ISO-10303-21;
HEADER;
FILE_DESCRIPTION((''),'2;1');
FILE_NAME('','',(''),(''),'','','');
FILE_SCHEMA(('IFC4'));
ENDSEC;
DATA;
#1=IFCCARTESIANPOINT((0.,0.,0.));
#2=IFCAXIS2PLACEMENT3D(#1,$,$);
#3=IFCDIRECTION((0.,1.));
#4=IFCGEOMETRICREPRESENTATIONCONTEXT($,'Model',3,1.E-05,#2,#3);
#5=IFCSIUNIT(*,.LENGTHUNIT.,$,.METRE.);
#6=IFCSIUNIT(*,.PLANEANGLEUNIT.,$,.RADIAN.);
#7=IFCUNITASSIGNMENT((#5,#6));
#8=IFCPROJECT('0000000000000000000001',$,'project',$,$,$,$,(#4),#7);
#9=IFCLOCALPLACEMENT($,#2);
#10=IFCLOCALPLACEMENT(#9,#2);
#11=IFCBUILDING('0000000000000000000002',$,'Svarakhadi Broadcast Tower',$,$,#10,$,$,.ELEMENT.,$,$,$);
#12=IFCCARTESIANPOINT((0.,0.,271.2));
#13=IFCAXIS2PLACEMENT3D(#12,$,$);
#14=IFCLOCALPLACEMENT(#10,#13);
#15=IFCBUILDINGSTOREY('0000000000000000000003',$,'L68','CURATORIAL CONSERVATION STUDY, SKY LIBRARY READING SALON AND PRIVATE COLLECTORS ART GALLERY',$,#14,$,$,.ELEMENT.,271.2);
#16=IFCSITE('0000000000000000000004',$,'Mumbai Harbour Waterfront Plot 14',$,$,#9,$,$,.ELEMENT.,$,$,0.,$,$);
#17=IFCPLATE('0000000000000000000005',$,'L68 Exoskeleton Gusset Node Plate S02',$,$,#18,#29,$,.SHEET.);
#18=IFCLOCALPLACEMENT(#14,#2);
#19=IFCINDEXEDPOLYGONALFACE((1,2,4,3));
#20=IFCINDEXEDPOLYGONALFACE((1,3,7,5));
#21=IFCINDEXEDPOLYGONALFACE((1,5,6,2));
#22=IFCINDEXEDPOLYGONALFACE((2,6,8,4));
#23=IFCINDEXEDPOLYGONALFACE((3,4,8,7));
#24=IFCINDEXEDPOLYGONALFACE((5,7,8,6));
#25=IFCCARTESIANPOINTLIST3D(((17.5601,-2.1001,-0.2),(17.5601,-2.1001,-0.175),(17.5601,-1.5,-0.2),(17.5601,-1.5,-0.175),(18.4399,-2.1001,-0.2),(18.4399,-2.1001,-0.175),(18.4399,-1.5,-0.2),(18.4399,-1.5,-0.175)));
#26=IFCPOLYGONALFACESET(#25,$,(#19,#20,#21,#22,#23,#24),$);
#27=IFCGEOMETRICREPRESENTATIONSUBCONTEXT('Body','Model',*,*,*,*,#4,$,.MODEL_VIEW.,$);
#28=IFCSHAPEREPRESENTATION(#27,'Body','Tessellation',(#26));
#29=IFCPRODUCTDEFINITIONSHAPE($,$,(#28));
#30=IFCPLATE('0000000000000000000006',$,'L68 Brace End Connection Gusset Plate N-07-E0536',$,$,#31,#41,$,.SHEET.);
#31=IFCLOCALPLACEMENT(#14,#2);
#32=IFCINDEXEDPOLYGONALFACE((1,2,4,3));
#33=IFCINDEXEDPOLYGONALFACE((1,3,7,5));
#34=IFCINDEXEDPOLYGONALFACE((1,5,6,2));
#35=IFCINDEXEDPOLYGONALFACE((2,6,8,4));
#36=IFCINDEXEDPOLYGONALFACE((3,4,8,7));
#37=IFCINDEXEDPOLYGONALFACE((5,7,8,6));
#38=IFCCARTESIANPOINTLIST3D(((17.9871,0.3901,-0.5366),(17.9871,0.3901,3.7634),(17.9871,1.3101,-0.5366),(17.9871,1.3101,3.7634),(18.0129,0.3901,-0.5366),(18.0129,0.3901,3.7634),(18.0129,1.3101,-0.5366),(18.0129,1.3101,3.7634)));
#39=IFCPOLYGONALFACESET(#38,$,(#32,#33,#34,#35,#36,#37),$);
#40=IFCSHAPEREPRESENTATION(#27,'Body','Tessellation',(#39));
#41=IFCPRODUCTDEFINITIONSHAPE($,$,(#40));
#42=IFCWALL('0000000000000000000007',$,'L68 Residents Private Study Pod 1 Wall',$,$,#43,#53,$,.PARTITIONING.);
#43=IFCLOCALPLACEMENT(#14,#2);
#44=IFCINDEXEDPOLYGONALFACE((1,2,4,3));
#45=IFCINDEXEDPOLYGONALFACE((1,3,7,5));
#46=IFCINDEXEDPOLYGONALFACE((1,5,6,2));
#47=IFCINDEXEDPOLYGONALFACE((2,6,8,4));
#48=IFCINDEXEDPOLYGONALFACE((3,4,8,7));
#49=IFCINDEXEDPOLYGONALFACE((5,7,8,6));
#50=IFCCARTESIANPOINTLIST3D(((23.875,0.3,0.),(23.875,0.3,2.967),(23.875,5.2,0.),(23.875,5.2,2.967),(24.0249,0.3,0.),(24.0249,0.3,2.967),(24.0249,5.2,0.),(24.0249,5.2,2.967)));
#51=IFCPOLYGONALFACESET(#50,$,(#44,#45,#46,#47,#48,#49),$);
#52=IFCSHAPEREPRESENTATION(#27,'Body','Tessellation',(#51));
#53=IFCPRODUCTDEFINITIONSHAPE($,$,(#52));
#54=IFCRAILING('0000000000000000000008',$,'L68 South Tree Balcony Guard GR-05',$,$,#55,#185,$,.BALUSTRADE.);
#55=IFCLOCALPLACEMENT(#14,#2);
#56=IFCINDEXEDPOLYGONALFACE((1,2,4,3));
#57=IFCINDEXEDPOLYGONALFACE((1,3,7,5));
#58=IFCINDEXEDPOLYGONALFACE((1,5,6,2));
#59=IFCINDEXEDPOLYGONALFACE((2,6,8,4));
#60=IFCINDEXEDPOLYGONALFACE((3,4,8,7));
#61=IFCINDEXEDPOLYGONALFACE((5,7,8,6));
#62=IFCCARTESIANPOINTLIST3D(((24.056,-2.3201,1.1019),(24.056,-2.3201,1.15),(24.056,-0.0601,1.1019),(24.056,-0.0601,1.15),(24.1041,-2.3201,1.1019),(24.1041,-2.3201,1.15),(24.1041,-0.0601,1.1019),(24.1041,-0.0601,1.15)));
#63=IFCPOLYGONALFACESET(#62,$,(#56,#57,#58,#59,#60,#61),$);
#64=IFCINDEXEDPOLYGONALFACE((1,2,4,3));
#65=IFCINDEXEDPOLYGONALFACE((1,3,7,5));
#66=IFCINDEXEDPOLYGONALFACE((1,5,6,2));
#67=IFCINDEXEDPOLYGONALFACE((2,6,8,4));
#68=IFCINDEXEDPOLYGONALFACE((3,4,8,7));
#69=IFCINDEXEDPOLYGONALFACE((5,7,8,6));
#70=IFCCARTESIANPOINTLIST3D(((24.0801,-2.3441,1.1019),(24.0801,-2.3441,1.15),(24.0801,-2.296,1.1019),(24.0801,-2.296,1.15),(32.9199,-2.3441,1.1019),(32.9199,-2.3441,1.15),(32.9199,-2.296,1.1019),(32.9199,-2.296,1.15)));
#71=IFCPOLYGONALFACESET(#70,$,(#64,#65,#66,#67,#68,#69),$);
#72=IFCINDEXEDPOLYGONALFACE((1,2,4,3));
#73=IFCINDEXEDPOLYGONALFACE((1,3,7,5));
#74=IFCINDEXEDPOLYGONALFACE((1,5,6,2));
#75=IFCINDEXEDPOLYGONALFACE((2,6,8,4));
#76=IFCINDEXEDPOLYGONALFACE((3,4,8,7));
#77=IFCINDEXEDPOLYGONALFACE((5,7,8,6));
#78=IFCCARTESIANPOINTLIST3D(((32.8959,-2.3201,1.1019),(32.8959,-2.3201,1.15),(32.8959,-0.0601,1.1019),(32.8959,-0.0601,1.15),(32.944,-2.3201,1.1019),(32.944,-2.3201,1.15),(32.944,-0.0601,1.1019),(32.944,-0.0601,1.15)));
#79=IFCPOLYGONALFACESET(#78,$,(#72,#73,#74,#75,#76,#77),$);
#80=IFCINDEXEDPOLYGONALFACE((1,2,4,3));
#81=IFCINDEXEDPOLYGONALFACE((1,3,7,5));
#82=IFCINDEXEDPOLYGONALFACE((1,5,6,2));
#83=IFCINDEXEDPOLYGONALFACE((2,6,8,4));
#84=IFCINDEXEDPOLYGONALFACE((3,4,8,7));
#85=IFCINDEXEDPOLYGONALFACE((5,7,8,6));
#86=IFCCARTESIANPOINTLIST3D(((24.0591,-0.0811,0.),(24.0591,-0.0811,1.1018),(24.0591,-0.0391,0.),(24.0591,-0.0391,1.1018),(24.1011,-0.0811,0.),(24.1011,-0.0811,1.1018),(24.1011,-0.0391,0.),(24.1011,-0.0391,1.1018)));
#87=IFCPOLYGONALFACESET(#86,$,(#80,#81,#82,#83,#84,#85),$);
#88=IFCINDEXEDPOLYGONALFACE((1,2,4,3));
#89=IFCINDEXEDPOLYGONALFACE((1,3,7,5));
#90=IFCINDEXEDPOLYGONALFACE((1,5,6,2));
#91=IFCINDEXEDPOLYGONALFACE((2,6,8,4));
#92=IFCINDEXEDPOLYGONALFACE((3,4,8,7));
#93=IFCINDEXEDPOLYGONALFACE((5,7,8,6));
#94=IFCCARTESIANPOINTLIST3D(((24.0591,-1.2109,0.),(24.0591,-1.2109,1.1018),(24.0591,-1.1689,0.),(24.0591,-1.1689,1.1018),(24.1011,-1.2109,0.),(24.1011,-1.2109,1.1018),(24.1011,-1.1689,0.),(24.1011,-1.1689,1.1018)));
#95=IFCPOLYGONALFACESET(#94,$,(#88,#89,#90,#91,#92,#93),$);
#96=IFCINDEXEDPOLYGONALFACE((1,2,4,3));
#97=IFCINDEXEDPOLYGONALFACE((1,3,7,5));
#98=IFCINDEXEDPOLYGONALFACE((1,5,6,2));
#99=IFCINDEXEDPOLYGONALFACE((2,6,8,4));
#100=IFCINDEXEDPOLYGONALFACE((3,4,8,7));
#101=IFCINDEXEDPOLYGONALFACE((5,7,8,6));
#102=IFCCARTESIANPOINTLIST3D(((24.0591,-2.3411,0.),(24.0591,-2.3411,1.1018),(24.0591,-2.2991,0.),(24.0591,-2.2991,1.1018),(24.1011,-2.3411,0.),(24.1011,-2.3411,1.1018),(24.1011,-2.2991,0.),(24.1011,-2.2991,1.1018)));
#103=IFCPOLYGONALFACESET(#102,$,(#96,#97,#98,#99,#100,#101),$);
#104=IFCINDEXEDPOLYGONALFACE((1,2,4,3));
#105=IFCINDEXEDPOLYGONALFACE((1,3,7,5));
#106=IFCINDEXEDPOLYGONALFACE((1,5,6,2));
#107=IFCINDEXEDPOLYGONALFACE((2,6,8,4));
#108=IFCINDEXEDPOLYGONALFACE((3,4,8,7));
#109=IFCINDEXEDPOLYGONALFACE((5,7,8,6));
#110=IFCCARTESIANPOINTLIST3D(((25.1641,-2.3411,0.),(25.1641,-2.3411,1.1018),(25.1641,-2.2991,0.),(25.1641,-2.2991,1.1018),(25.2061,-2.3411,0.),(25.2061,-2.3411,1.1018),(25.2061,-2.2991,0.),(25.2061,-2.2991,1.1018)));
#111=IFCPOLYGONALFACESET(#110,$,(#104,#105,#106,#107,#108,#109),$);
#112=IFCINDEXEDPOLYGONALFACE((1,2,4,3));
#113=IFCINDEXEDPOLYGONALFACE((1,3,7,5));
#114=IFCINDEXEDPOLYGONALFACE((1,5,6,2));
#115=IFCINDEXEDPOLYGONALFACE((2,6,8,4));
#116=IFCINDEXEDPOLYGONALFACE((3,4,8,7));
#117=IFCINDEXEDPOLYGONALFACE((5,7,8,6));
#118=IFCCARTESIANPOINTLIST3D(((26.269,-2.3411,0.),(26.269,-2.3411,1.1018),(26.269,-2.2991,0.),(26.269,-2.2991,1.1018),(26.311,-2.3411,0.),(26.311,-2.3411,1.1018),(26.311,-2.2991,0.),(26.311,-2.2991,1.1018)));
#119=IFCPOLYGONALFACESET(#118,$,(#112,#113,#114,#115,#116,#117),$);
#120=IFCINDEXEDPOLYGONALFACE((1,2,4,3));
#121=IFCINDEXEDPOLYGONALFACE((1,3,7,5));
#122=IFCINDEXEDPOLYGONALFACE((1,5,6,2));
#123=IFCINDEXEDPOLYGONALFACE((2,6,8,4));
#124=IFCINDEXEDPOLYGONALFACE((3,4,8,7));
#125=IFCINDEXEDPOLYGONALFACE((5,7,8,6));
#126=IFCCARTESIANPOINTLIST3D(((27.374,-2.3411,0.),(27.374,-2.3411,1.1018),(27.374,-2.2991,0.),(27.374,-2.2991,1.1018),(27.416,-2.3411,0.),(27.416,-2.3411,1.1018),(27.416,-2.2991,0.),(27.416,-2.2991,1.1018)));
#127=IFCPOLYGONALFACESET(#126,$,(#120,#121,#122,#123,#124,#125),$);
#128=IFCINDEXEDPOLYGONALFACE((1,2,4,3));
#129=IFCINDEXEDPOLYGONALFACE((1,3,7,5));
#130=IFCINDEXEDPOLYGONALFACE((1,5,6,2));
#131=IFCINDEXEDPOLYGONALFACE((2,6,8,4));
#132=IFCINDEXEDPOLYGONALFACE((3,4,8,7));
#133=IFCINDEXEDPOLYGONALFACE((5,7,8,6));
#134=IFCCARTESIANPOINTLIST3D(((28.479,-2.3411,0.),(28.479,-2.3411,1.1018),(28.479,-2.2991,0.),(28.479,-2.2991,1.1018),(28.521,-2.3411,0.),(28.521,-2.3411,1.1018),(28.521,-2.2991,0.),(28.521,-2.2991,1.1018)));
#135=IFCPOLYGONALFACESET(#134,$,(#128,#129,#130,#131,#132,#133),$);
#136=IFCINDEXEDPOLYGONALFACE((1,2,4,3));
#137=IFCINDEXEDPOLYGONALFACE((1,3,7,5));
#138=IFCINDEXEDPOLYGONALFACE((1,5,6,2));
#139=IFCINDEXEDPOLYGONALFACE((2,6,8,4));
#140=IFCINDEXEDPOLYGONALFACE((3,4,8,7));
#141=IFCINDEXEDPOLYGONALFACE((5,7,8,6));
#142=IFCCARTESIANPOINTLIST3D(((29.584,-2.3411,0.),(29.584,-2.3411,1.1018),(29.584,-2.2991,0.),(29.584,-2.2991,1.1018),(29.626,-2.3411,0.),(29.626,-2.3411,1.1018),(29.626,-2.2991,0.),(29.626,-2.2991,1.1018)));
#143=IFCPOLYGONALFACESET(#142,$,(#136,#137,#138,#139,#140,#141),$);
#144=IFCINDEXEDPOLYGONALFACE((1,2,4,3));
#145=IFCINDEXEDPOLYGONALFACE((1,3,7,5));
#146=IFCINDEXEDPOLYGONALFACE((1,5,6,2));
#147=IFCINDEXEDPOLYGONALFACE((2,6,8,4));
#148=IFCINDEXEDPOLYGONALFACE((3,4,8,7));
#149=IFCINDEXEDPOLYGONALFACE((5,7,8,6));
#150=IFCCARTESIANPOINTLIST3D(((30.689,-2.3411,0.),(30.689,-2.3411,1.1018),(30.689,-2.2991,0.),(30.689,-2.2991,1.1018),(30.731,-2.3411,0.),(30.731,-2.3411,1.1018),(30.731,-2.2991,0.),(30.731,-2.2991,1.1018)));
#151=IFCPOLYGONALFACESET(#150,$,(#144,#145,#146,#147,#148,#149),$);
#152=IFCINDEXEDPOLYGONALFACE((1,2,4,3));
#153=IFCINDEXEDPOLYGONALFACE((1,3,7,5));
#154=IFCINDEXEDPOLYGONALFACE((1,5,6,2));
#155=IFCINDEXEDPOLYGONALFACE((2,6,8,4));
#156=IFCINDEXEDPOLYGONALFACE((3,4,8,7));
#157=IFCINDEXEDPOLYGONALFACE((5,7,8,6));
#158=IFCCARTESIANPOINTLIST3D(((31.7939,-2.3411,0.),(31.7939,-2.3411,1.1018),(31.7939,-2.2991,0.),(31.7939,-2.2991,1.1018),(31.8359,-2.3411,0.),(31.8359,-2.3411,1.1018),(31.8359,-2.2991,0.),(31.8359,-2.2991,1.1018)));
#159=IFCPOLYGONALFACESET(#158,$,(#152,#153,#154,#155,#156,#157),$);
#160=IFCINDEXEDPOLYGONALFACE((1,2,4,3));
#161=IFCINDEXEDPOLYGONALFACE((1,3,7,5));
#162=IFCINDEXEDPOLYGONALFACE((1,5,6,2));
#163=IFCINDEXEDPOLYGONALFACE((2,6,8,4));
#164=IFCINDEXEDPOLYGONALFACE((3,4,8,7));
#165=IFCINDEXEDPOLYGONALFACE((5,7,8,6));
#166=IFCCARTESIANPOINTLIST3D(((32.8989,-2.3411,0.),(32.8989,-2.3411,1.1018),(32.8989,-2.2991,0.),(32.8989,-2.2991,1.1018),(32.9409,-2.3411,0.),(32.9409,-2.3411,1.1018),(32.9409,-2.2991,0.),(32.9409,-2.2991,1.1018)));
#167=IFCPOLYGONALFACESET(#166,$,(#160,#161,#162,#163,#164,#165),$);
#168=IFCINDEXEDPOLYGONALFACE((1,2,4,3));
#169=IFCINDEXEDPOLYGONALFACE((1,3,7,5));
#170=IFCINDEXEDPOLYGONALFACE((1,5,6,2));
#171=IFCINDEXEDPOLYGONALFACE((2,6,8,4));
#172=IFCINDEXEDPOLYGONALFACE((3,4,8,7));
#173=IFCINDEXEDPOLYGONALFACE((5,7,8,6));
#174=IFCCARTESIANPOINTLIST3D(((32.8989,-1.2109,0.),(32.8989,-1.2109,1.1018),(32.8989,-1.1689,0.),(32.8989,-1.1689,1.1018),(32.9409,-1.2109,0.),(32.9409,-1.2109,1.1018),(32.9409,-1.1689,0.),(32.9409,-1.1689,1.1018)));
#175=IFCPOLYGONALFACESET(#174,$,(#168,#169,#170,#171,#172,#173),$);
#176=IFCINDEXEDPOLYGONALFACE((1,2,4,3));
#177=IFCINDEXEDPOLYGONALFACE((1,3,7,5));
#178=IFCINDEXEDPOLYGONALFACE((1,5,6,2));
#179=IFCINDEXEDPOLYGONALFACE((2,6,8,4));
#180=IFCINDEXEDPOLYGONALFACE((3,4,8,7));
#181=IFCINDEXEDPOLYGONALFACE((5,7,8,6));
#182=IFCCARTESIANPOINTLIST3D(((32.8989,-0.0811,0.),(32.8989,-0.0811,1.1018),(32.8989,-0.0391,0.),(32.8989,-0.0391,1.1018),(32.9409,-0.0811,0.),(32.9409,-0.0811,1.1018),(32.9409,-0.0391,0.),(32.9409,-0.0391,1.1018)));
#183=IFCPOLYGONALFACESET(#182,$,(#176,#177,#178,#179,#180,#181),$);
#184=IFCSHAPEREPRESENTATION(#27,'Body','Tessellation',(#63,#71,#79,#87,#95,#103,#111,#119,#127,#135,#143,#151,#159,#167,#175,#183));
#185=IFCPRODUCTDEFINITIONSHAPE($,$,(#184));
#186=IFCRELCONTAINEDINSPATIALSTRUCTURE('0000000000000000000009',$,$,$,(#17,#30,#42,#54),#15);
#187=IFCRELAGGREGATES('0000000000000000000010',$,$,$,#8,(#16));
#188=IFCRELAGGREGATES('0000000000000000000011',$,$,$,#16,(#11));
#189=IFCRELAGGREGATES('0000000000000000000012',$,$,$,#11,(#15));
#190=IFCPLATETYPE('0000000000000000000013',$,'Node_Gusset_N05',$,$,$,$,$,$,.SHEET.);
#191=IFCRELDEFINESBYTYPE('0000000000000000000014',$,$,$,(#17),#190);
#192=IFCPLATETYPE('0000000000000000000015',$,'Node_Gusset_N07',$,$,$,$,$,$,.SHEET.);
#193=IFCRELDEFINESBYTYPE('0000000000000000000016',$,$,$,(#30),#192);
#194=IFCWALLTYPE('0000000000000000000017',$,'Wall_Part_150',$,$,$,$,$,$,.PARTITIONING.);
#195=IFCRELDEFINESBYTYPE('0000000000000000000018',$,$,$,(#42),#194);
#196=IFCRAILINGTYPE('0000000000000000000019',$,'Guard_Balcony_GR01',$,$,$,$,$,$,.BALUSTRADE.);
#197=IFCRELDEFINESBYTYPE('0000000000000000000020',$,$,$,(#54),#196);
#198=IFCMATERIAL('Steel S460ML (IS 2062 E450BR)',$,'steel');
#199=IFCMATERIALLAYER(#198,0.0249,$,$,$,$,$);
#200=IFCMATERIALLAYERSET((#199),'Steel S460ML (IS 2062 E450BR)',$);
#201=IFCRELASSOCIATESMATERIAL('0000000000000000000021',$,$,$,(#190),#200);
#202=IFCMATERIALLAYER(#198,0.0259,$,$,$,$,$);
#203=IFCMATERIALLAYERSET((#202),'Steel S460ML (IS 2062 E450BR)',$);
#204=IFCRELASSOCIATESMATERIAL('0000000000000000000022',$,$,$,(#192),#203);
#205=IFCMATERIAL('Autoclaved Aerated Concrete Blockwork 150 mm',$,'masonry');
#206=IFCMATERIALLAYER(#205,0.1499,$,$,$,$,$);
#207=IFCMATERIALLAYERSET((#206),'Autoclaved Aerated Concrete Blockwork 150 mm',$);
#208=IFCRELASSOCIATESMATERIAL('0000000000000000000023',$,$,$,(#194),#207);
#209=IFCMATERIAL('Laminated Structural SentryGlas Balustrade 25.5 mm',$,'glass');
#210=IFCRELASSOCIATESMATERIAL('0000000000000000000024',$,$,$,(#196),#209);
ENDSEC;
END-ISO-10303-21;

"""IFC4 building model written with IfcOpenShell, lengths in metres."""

from ifc_helpers import new_model, si_unit, direction, frame, frame_2d, origin, origin_2d, place, context, subcontext, project, spatial, rectangle, extrude, material, layer, layer_set, type_object, element, save


model = new_model("IFC4")

# Units and contexts
model_context = context("Model", 3, precision=1e-05, world=origin(), true_north=direction((0.0, 1.0)))
body_context = subcontext(model_context, "Body", "Model", "MODEL_VIEW")
ifc_project = project(units=[si_unit("LENGTHUNIT", "METRE"), si_unit("PLANEANGLEUNIT", "RADIAN")], contexts=[model_context])

# Site, building, storey
site_placement = place(None, origin())
site = spatial("IfcSite", under=ifc_project, at=site_placement, Name="Mumbai Harbour Waterfront Plot 14", CompositionType="ELEMENT", RefElevation=0.0)
building_placement = place(site_placement, origin())
building = spatial("IfcBuilding", under=site, at=building_placement, Name="Svarakhadi Broadcast Tower", CompositionType="ELEMENT")
storey_placement = place(building_placement, frame((0.0, 0.0, 271.2)))
storey = spatial("IfcBuildingStorey", under=building, at=storey_placement, Name="L68", Description="CURATORIAL CONSERVATION STUDY, SKY LIBRARY READING SALON AND PRIVATE COLLECTORS ART GALLERY", CompositionType="ELEMENT", Elevation=271.2)

# Shared definitions
ifc_material_1 = material(Name="Steel S460ML (IS 2062 E450BR)", Category="steel")

# Plates
ifc_layer_1 = layer(ifc_material_1, 0.0249)
ifc_layer_set_1 = layer_set([ifc_layer_1], Name="Steel S460ML (IS 2062 E450BR)")
plate_type_1 = type_object("IfcPlateType", Name="Node_Gusset_N05", PredefinedType="SHEET", material=ifc_layer_set_1)
plate_1_placement = place(storey_placement, frame((18.0, -1.8, -0.2), z_axis=(0.0, 0.0, 1.0), x_axis=(1.0, 0.0, 0.0)))
element("IfcPlate", 1, at=plate_1_placement, inside=storey, type_object=plate_type_1, Name="L68 Exoskeleton Gusset Node Plate S02", PredefinedType="SHEET", context=body_context, shape_type="SweptSolid", body=[
    extrude(rectangle(XDim=0.8799, YDim=0.6001, at=origin_2d()), origin(), (0.0, 0.0, 1.0), 0.0249),
])
ifc_layer_2 = layer(ifc_material_1, 0.0259)
ifc_layer_set_2 = layer_set([ifc_layer_2], Name="Steel S460ML (IS 2062 E450BR)")
plate_type_2 = type_object("IfcPlateType", Name="Node_Gusset_N07", PredefinedType="SHEET", material=ifc_layer_set_2)
plate_2_placement = place(storey_placement, frame((18.0, 0.8501, -0.5366), z_axis=(0.0, 0.0, 1.0), x_axis=(0.0, 1.0, 0.0)))
element("IfcPlate", 2, at=plate_2_placement, inside=storey, type_object=plate_type_2, Name="L68 Brace End Connection Gusset Plate N-07-E0536", PredefinedType="SHEET", context=body_context, shape_type="SweptSolid", body=[
    extrude(rectangle(XDim=0.9199, YDim=0.0259, at=origin_2d()), origin(), (0.0, 0.0, 1.0), 4.3),
])

# Wall
ifc_material_2 = material(Name="Autoclaved Aerated Concrete Blockwork 150 mm", Category="masonry")
ifc_layer_3 = layer(ifc_material_2, 0.1499)
ifc_layer_set_3 = layer_set([ifc_layer_3], Name="Autoclaved Aerated Concrete Blockwork 150 mm")
wall_type = type_object("IfcWallType", Name="Wall_Part_150", PredefinedType="PARTITIONING", material=ifc_layer_set_3)
wall_placement = place(storey_placement, frame((23.95, 0.3, 0.0), z_axis=(0.0, 0.0, 1.0), x_axis=(0.0, 1.0, 0.0)))
element("IfcWall", 3, at=wall_placement, inside=storey, type_object=wall_type, Name="L68 Residents Private Study Pod 1 Wall", PredefinedType="PARTITIONING", context=body_context, shape_type="SweptSolid", body=[
    extrude(rectangle(XDim=4.8999, YDim=0.1499, at=frame_2d((2.45, 0.0))), origin(), (0.0, 0.0, 1.0), 2.967),
])

# Railing
ifc_material_3 = material(Name="Laminated Structural SentryGlas Balustrade 25.5 mm", Category="glass")
railing_type = type_object("IfcRailingType", Name="Guard_Balcony_GR01", PredefinedType="BALUSTRADE", material=ifc_material_3)
railing_placement = place(storey_placement, frame((24.0801, -0.0601, 0.0)))
element("IfcRailing", 4, at=railing_placement, inside=storey, type_object=railing_type, Name="L68 South Tree Balcony Guard GR-05", PredefinedType="BALUSTRADE", context=body_context, shape_type="SweptSolid", body=[
    extrude(rectangle(XDim=0.0481, YDim=0.0481, at=origin_2d()), frame((0.0, 0.0, 1.126), z_axis=(0.0, -1.0, 0.0), x_axis=(1.0, 0.0, 0.0)), (0.0, 0.0, 1.0), 2.26),
    extrude(rectangle(XDim=0.0481, YDim=0.0481, at=origin_2d()), frame((0.0, -2.26, 1.126), z_axis=(1.0, 0.0, 0.0), x_axis=(0.0, 1.0, 0.0)), (0.0, 0.0, 1.0), 8.8398),
    extrude(rectangle(XDim=0.0481, YDim=0.0481, at=origin_2d()), frame((8.8398, -2.26, 1.126), z_axis=(0.0, 1.0, 0.0), x_axis=(-1.0, 0.0, 0.0)), (0.0, 0.0, 1.0), 2.26),
    extrude(rectangle(XDim=0.042, YDim=0.042, at=origin_2d()), origin(), (0.0, 0.0, 1.0), 1.1018),
    extrude(rectangle(XDim=0.042, YDim=0.042, at=origin_2d()), frame((0.0, -1.1299, 0.0)), (0.0, 0.0, 1.0), 1.1018),
    extrude(rectangle(XDim=0.042, YDim=0.042, at=origin_2d()), frame((0.0, -2.26, 0.0)), (0.0, 0.0, 1.0), 1.1018),
    extrude(rectangle(XDim=0.042, YDim=0.042, at=origin_2d()), frame((1.105, -2.26, 0.0)), (0.0, 0.0, 1.0), 1.1018),
    extrude(rectangle(XDim=0.042, YDim=0.042, at=origin_2d()), frame((2.21, -2.26, 0.0)), (0.0, 0.0, 1.0), 1.1018),
    extrude(rectangle(XDim=0.042, YDim=0.042, at=origin_2d()), frame((3.3149, -2.26, 0.0)), (0.0, 0.0, 1.0), 1.1018),
    extrude(rectangle(XDim=0.042, YDim=0.042, at=origin_2d()), frame((4.4199, -2.26, 0.0)), (0.0, 0.0, 1.0), 1.1018),
    extrude(rectangle(XDim=0.042, YDim=0.042, at=origin_2d()), frame((5.5249, -2.26, 0.0)), (0.0, 0.0, 1.0), 1.1018),
    extrude(rectangle(XDim=0.042, YDim=0.042, at=origin_2d()), frame((6.6299, -2.26, 0.0)), (0.0, 0.0, 1.0), 1.1018),
    extrude(rectangle(XDim=0.042, YDim=0.042, at=origin_2d()), frame((7.7349, -2.26, 0.0)), (0.0, 0.0, 1.0), 1.1018),
    extrude(rectangle(XDim=0.042, YDim=0.042, at=origin_2d()), frame((8.8398, -2.26, 0.0)), (0.0, 0.0, 1.0), 1.1018),
    extrude(rectangle(XDim=0.042, YDim=0.042, at=origin_2d()), frame((8.8398, -1.1299, 0.0)), (0.0, 0.0, 1.0), 1.1018),
    extrude(rectangle(XDim=0.042, YDim=0.042, at=origin_2d()), frame((8.8398, 0.0, 0.0)), (0.0, 0.0, 1.0), 1.1018),
])

save(model, "model.ifc")
